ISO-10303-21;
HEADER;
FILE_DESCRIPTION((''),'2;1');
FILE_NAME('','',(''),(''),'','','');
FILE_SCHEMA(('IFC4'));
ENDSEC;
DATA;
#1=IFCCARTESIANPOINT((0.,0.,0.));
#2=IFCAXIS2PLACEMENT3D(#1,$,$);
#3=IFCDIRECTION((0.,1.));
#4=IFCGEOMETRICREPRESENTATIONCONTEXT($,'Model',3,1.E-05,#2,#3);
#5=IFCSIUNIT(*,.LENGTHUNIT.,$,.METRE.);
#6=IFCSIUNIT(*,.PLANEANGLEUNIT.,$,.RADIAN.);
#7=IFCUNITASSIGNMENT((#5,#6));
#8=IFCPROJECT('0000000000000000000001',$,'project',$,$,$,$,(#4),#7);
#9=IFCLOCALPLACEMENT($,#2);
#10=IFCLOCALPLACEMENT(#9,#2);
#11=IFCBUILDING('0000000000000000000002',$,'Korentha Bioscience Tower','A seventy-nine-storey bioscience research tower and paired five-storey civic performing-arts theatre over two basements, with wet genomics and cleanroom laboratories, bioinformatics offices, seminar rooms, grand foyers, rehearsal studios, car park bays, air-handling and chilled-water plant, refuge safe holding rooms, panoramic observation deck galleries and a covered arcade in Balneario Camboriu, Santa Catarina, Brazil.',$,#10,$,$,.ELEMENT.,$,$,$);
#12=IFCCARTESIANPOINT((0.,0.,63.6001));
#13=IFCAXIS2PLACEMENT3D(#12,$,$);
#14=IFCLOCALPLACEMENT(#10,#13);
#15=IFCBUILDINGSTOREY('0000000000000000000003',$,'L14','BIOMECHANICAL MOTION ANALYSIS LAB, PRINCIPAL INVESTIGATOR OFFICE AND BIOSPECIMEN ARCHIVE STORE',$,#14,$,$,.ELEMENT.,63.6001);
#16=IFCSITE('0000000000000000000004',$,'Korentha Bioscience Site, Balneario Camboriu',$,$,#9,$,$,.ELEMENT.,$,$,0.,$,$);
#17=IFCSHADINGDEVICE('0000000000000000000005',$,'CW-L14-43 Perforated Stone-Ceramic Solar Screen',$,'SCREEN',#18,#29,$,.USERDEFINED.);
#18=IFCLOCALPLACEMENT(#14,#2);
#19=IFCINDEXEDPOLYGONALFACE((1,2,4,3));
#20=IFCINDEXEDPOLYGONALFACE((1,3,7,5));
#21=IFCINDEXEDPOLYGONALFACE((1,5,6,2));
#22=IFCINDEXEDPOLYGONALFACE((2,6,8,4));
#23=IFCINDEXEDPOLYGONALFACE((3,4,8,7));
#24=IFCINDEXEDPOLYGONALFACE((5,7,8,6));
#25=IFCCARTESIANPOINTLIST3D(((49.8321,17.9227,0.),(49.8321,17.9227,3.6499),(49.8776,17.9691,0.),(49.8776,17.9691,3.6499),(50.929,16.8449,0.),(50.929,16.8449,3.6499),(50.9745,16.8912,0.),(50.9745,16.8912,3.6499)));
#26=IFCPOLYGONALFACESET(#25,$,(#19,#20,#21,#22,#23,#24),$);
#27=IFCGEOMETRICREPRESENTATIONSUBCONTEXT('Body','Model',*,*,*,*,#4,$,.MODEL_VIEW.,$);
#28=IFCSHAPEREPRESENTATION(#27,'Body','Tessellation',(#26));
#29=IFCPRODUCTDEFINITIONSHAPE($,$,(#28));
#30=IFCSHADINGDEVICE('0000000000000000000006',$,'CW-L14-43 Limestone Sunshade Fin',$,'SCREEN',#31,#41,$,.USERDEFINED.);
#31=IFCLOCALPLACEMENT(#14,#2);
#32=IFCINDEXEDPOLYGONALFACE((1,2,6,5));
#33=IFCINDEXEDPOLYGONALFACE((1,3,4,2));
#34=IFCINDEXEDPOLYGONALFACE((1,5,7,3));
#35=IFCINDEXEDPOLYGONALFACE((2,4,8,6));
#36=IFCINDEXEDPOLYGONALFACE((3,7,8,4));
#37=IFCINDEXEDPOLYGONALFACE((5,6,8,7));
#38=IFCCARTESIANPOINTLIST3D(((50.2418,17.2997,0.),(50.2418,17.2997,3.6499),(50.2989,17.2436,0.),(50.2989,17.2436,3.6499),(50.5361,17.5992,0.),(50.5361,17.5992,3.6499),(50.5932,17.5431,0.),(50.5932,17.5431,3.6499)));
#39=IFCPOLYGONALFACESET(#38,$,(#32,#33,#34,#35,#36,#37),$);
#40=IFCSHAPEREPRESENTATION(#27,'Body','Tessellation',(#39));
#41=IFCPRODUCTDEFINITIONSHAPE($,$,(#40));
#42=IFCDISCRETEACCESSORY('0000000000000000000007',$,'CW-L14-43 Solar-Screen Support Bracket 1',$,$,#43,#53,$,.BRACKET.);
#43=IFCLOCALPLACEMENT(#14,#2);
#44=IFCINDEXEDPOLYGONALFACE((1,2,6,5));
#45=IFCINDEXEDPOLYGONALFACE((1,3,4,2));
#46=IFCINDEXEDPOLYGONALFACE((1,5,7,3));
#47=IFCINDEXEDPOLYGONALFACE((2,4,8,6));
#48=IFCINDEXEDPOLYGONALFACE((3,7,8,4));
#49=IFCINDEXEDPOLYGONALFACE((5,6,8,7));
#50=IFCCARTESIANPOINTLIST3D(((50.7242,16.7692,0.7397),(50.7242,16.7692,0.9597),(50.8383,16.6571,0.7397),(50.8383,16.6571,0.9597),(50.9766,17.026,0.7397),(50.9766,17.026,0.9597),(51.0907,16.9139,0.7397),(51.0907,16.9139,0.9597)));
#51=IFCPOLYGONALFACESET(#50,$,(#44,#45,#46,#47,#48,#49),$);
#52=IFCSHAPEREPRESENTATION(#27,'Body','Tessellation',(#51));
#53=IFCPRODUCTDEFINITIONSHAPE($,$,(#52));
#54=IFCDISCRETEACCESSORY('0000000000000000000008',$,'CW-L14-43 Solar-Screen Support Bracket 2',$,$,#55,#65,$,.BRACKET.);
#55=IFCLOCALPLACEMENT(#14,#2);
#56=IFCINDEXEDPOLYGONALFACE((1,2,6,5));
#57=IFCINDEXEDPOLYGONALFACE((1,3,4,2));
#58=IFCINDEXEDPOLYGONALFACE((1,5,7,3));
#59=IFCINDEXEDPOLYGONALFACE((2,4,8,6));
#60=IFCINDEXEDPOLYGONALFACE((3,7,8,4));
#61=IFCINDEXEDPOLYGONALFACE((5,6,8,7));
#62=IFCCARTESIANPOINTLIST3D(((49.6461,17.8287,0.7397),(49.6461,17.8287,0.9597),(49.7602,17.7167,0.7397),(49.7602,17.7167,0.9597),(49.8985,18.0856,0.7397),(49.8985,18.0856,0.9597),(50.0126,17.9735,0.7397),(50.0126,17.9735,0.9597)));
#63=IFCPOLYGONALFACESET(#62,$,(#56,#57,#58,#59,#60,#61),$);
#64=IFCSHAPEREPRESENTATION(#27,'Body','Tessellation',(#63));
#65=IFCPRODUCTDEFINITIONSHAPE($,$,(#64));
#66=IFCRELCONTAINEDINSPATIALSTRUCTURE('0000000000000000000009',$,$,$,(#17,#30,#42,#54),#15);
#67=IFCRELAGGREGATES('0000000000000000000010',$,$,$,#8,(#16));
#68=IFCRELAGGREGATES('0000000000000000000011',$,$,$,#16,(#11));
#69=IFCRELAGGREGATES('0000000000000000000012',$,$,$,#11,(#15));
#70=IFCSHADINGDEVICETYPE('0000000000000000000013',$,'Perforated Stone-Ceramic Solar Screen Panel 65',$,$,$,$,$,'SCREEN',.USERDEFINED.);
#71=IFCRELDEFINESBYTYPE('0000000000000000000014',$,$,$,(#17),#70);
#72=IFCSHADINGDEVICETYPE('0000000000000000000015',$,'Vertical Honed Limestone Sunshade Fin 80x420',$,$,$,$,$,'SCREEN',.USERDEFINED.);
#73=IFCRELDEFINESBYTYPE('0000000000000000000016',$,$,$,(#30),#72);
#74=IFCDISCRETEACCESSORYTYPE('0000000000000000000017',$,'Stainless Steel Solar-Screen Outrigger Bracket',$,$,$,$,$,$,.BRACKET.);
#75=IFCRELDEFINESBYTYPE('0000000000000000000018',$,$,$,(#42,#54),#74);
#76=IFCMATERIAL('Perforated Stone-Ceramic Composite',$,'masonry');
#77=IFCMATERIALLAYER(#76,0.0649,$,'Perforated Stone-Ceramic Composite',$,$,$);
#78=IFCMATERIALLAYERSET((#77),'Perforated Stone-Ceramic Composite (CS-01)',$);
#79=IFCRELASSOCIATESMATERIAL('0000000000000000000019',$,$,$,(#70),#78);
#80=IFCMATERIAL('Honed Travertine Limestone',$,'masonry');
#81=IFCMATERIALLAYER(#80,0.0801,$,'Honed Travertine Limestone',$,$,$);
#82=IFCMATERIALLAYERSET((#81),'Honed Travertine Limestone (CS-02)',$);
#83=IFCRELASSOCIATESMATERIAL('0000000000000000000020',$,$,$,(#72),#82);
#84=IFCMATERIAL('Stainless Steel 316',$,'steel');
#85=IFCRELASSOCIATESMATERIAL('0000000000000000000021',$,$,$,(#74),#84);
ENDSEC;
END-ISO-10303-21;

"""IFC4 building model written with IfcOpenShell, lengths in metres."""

from ifc_helpers import new_model, si_unit, direction, frame, origin, origin_2d, place, context, subcontext, project, spatial, rectangle, extrude, material, layer, layer_set, type_object, element, save


model = new_model("IFC4")

# Units and contexts
model_context = context("Model", 3, precision=1e-05, world=origin(), true_north=direction((0.0, 1.0)))
body_context = subcontext(model_context, "Body", "Model", "MODEL_VIEW")
ifc_project = project(units=[si_unit("LENGTHUNIT", "METRE"), si_unit("PLANEANGLEUNIT", "RADIAN")], contexts=[model_context])

# Site, building, storey
site_placement = place(None, origin())
site = spatial("IfcSite", under=ifc_project, at=site_placement, Name="Korentha Bioscience Site, Balneario Camboriu", CompositionType="ELEMENT", RefElevation=0.0)
building_placement = place(site_placement, origin())
building = spatial("IfcBuilding", under=site, at=building_placement, Name="Korentha Bioscience Tower", Description="A seventy-nine-storey bioscience research tower and paired five-storey civic performing-arts theatre over two basements, with wet genomics and cleanroom laboratories, bioinformatics offices, seminar rooms, grand foyers, rehearsal studios, car park bays, air-handling and chilled-water plant, refuge safe holding rooms, panoramic observation deck galleries and a covered arcade in Balneario Camboriu, Santa Catarina, Brazil.", CompositionType="ELEMENT")
storey_placement = place(building_placement, frame((0.0, 0.0, 63.6001)))
storey = spatial("IfcBuildingStorey", under=building, at=storey_placement, Name="L14", Description="BIOMECHANICAL MOTION ANALYSIS LAB, PRINCIPAL INVESTIGATOR OFFICE AND BIOSPECIMEN ARCHIVE STORE", CompositionType="ELEMENT", Elevation=63.6001)

# Shading devices
ifc_material_1 = material(Name="Perforated Stone-Ceramic Composite", Category="masonry")
ifc_layer_1 = layer(ifc_material_1, 0.0649, Name="Perforated Stone-Ceramic Composite")
ifc_layer_set_1 = layer_set([ifc_layer_1], Name="Perforated Stone-Ceramic Composite (CS-01)")
shading_device_type_1 = type_object("IfcShadingDeviceType", Name="Perforated Stone-Ceramic Solar Screen Panel 65", ElementType="SCREEN", PredefinedType="USERDEFINED", material=ifc_layer_set_1)
shading_device_1_placement = place(storey_placement, frame((50.4033, 17.407, 0.0), z_axis=(0.0, 0.0, 1.0), x_axis=(-0.713279, 0.70088, 0.0)))
element("IfcShadingDevice", 1, at=shading_device_1_placement, inside=storey, type_object=shading_device_type_1, Name="CW-L14-43 Perforated Stone-Ceramic Solar Screen", ObjectType="SCREEN", PredefinedType="USERDEFINED", context=body_context, shape_type="SweptSolid", body=[
    extrude(rectangle(XDim=1.5378, YDim=0.0649, at=origin_2d()), origin(), (0.0, 0.0, 1.0), 3.6499),
])
ifc_material_2 = material(Name="Honed Travertine Limestone", Category="masonry")
ifc_layer_2 = layer(ifc_material_2, 0.0801, Name="Honed Travertine Limestone")
ifc_layer_set_2 = layer_set([ifc_layer_2], Name="Honed Travertine Limestone (CS-02)")
shading_device_type_2 = type_object("IfcShadingDeviceType", Name="Vertical Honed Limestone Sunshade Fin 80x420", ElementType="SCREEN", PredefinedType="USERDEFINED", material=ifc_layer_set_2)
shading_device_2_placement = place(storey_placement, frame((50.4175, 17.4214, 0.0), z_axis=(0.0, 0.0, 1.0), x_axis=(-0.713279, 0.70088, 0.0)))
element("IfcShadingDevice", 2, at=shading_device_2_placement, inside=storey, type_object=shading_device_type_2, Name="CW-L14-43 Limestone Sunshade Fin", ObjectType="SCREEN", PredefinedType="USERDEFINED", context=body_context, shape_type="SweptSolid", body=[
    extrude(rectangle(XDim=0.0801, YDim=0.4199, at=origin_2d()), origin(), (0.0, 0.0, 1.0), 3.6499),
])

# Discrete accessories
ifc_material_3 = material(Name="Stainless Steel 316", Category="steel")
discrete_accessory_type = type_object("IfcDiscreteAccessoryType", Name="Stainless Steel Solar-Screen Outrigger Bracket", PredefinedType="BRACKET", material=ifc_material_3)
for number, where, z_axis, x_axis, name in (
    (3, (50.9075, 16.8416, 0.7397), (0.0, 0.0, 1.0), (-0.713279, 0.70088, 0.0), "CW-L14-43 Solar-Screen Support Bracket 1"),
    (4, (49.8293, 17.9011, 0.7397), (0.0, 0.0, 1.0), (-0.713279, 0.70088, 0.0), "CW-L14-43 Solar-Screen Support Bracket 2"),
):
    element("IfcDiscreteAccessory", number, at=place(storey_placement, frame(where, z_axis=z_axis, x_axis=x_axis)), inside=storey, type_object=discrete_accessory_type, Name=name, PredefinedType="BRACKET", context=body_context, shape_type="SweptSolid", body=[
        extrude(rectangle(XDim=0.1599, YDim=0.3601, at=origin_2d()), origin(), (0.0, 0.0, 1.0), 0.22),
    ])

save(model, "model.ifc")
